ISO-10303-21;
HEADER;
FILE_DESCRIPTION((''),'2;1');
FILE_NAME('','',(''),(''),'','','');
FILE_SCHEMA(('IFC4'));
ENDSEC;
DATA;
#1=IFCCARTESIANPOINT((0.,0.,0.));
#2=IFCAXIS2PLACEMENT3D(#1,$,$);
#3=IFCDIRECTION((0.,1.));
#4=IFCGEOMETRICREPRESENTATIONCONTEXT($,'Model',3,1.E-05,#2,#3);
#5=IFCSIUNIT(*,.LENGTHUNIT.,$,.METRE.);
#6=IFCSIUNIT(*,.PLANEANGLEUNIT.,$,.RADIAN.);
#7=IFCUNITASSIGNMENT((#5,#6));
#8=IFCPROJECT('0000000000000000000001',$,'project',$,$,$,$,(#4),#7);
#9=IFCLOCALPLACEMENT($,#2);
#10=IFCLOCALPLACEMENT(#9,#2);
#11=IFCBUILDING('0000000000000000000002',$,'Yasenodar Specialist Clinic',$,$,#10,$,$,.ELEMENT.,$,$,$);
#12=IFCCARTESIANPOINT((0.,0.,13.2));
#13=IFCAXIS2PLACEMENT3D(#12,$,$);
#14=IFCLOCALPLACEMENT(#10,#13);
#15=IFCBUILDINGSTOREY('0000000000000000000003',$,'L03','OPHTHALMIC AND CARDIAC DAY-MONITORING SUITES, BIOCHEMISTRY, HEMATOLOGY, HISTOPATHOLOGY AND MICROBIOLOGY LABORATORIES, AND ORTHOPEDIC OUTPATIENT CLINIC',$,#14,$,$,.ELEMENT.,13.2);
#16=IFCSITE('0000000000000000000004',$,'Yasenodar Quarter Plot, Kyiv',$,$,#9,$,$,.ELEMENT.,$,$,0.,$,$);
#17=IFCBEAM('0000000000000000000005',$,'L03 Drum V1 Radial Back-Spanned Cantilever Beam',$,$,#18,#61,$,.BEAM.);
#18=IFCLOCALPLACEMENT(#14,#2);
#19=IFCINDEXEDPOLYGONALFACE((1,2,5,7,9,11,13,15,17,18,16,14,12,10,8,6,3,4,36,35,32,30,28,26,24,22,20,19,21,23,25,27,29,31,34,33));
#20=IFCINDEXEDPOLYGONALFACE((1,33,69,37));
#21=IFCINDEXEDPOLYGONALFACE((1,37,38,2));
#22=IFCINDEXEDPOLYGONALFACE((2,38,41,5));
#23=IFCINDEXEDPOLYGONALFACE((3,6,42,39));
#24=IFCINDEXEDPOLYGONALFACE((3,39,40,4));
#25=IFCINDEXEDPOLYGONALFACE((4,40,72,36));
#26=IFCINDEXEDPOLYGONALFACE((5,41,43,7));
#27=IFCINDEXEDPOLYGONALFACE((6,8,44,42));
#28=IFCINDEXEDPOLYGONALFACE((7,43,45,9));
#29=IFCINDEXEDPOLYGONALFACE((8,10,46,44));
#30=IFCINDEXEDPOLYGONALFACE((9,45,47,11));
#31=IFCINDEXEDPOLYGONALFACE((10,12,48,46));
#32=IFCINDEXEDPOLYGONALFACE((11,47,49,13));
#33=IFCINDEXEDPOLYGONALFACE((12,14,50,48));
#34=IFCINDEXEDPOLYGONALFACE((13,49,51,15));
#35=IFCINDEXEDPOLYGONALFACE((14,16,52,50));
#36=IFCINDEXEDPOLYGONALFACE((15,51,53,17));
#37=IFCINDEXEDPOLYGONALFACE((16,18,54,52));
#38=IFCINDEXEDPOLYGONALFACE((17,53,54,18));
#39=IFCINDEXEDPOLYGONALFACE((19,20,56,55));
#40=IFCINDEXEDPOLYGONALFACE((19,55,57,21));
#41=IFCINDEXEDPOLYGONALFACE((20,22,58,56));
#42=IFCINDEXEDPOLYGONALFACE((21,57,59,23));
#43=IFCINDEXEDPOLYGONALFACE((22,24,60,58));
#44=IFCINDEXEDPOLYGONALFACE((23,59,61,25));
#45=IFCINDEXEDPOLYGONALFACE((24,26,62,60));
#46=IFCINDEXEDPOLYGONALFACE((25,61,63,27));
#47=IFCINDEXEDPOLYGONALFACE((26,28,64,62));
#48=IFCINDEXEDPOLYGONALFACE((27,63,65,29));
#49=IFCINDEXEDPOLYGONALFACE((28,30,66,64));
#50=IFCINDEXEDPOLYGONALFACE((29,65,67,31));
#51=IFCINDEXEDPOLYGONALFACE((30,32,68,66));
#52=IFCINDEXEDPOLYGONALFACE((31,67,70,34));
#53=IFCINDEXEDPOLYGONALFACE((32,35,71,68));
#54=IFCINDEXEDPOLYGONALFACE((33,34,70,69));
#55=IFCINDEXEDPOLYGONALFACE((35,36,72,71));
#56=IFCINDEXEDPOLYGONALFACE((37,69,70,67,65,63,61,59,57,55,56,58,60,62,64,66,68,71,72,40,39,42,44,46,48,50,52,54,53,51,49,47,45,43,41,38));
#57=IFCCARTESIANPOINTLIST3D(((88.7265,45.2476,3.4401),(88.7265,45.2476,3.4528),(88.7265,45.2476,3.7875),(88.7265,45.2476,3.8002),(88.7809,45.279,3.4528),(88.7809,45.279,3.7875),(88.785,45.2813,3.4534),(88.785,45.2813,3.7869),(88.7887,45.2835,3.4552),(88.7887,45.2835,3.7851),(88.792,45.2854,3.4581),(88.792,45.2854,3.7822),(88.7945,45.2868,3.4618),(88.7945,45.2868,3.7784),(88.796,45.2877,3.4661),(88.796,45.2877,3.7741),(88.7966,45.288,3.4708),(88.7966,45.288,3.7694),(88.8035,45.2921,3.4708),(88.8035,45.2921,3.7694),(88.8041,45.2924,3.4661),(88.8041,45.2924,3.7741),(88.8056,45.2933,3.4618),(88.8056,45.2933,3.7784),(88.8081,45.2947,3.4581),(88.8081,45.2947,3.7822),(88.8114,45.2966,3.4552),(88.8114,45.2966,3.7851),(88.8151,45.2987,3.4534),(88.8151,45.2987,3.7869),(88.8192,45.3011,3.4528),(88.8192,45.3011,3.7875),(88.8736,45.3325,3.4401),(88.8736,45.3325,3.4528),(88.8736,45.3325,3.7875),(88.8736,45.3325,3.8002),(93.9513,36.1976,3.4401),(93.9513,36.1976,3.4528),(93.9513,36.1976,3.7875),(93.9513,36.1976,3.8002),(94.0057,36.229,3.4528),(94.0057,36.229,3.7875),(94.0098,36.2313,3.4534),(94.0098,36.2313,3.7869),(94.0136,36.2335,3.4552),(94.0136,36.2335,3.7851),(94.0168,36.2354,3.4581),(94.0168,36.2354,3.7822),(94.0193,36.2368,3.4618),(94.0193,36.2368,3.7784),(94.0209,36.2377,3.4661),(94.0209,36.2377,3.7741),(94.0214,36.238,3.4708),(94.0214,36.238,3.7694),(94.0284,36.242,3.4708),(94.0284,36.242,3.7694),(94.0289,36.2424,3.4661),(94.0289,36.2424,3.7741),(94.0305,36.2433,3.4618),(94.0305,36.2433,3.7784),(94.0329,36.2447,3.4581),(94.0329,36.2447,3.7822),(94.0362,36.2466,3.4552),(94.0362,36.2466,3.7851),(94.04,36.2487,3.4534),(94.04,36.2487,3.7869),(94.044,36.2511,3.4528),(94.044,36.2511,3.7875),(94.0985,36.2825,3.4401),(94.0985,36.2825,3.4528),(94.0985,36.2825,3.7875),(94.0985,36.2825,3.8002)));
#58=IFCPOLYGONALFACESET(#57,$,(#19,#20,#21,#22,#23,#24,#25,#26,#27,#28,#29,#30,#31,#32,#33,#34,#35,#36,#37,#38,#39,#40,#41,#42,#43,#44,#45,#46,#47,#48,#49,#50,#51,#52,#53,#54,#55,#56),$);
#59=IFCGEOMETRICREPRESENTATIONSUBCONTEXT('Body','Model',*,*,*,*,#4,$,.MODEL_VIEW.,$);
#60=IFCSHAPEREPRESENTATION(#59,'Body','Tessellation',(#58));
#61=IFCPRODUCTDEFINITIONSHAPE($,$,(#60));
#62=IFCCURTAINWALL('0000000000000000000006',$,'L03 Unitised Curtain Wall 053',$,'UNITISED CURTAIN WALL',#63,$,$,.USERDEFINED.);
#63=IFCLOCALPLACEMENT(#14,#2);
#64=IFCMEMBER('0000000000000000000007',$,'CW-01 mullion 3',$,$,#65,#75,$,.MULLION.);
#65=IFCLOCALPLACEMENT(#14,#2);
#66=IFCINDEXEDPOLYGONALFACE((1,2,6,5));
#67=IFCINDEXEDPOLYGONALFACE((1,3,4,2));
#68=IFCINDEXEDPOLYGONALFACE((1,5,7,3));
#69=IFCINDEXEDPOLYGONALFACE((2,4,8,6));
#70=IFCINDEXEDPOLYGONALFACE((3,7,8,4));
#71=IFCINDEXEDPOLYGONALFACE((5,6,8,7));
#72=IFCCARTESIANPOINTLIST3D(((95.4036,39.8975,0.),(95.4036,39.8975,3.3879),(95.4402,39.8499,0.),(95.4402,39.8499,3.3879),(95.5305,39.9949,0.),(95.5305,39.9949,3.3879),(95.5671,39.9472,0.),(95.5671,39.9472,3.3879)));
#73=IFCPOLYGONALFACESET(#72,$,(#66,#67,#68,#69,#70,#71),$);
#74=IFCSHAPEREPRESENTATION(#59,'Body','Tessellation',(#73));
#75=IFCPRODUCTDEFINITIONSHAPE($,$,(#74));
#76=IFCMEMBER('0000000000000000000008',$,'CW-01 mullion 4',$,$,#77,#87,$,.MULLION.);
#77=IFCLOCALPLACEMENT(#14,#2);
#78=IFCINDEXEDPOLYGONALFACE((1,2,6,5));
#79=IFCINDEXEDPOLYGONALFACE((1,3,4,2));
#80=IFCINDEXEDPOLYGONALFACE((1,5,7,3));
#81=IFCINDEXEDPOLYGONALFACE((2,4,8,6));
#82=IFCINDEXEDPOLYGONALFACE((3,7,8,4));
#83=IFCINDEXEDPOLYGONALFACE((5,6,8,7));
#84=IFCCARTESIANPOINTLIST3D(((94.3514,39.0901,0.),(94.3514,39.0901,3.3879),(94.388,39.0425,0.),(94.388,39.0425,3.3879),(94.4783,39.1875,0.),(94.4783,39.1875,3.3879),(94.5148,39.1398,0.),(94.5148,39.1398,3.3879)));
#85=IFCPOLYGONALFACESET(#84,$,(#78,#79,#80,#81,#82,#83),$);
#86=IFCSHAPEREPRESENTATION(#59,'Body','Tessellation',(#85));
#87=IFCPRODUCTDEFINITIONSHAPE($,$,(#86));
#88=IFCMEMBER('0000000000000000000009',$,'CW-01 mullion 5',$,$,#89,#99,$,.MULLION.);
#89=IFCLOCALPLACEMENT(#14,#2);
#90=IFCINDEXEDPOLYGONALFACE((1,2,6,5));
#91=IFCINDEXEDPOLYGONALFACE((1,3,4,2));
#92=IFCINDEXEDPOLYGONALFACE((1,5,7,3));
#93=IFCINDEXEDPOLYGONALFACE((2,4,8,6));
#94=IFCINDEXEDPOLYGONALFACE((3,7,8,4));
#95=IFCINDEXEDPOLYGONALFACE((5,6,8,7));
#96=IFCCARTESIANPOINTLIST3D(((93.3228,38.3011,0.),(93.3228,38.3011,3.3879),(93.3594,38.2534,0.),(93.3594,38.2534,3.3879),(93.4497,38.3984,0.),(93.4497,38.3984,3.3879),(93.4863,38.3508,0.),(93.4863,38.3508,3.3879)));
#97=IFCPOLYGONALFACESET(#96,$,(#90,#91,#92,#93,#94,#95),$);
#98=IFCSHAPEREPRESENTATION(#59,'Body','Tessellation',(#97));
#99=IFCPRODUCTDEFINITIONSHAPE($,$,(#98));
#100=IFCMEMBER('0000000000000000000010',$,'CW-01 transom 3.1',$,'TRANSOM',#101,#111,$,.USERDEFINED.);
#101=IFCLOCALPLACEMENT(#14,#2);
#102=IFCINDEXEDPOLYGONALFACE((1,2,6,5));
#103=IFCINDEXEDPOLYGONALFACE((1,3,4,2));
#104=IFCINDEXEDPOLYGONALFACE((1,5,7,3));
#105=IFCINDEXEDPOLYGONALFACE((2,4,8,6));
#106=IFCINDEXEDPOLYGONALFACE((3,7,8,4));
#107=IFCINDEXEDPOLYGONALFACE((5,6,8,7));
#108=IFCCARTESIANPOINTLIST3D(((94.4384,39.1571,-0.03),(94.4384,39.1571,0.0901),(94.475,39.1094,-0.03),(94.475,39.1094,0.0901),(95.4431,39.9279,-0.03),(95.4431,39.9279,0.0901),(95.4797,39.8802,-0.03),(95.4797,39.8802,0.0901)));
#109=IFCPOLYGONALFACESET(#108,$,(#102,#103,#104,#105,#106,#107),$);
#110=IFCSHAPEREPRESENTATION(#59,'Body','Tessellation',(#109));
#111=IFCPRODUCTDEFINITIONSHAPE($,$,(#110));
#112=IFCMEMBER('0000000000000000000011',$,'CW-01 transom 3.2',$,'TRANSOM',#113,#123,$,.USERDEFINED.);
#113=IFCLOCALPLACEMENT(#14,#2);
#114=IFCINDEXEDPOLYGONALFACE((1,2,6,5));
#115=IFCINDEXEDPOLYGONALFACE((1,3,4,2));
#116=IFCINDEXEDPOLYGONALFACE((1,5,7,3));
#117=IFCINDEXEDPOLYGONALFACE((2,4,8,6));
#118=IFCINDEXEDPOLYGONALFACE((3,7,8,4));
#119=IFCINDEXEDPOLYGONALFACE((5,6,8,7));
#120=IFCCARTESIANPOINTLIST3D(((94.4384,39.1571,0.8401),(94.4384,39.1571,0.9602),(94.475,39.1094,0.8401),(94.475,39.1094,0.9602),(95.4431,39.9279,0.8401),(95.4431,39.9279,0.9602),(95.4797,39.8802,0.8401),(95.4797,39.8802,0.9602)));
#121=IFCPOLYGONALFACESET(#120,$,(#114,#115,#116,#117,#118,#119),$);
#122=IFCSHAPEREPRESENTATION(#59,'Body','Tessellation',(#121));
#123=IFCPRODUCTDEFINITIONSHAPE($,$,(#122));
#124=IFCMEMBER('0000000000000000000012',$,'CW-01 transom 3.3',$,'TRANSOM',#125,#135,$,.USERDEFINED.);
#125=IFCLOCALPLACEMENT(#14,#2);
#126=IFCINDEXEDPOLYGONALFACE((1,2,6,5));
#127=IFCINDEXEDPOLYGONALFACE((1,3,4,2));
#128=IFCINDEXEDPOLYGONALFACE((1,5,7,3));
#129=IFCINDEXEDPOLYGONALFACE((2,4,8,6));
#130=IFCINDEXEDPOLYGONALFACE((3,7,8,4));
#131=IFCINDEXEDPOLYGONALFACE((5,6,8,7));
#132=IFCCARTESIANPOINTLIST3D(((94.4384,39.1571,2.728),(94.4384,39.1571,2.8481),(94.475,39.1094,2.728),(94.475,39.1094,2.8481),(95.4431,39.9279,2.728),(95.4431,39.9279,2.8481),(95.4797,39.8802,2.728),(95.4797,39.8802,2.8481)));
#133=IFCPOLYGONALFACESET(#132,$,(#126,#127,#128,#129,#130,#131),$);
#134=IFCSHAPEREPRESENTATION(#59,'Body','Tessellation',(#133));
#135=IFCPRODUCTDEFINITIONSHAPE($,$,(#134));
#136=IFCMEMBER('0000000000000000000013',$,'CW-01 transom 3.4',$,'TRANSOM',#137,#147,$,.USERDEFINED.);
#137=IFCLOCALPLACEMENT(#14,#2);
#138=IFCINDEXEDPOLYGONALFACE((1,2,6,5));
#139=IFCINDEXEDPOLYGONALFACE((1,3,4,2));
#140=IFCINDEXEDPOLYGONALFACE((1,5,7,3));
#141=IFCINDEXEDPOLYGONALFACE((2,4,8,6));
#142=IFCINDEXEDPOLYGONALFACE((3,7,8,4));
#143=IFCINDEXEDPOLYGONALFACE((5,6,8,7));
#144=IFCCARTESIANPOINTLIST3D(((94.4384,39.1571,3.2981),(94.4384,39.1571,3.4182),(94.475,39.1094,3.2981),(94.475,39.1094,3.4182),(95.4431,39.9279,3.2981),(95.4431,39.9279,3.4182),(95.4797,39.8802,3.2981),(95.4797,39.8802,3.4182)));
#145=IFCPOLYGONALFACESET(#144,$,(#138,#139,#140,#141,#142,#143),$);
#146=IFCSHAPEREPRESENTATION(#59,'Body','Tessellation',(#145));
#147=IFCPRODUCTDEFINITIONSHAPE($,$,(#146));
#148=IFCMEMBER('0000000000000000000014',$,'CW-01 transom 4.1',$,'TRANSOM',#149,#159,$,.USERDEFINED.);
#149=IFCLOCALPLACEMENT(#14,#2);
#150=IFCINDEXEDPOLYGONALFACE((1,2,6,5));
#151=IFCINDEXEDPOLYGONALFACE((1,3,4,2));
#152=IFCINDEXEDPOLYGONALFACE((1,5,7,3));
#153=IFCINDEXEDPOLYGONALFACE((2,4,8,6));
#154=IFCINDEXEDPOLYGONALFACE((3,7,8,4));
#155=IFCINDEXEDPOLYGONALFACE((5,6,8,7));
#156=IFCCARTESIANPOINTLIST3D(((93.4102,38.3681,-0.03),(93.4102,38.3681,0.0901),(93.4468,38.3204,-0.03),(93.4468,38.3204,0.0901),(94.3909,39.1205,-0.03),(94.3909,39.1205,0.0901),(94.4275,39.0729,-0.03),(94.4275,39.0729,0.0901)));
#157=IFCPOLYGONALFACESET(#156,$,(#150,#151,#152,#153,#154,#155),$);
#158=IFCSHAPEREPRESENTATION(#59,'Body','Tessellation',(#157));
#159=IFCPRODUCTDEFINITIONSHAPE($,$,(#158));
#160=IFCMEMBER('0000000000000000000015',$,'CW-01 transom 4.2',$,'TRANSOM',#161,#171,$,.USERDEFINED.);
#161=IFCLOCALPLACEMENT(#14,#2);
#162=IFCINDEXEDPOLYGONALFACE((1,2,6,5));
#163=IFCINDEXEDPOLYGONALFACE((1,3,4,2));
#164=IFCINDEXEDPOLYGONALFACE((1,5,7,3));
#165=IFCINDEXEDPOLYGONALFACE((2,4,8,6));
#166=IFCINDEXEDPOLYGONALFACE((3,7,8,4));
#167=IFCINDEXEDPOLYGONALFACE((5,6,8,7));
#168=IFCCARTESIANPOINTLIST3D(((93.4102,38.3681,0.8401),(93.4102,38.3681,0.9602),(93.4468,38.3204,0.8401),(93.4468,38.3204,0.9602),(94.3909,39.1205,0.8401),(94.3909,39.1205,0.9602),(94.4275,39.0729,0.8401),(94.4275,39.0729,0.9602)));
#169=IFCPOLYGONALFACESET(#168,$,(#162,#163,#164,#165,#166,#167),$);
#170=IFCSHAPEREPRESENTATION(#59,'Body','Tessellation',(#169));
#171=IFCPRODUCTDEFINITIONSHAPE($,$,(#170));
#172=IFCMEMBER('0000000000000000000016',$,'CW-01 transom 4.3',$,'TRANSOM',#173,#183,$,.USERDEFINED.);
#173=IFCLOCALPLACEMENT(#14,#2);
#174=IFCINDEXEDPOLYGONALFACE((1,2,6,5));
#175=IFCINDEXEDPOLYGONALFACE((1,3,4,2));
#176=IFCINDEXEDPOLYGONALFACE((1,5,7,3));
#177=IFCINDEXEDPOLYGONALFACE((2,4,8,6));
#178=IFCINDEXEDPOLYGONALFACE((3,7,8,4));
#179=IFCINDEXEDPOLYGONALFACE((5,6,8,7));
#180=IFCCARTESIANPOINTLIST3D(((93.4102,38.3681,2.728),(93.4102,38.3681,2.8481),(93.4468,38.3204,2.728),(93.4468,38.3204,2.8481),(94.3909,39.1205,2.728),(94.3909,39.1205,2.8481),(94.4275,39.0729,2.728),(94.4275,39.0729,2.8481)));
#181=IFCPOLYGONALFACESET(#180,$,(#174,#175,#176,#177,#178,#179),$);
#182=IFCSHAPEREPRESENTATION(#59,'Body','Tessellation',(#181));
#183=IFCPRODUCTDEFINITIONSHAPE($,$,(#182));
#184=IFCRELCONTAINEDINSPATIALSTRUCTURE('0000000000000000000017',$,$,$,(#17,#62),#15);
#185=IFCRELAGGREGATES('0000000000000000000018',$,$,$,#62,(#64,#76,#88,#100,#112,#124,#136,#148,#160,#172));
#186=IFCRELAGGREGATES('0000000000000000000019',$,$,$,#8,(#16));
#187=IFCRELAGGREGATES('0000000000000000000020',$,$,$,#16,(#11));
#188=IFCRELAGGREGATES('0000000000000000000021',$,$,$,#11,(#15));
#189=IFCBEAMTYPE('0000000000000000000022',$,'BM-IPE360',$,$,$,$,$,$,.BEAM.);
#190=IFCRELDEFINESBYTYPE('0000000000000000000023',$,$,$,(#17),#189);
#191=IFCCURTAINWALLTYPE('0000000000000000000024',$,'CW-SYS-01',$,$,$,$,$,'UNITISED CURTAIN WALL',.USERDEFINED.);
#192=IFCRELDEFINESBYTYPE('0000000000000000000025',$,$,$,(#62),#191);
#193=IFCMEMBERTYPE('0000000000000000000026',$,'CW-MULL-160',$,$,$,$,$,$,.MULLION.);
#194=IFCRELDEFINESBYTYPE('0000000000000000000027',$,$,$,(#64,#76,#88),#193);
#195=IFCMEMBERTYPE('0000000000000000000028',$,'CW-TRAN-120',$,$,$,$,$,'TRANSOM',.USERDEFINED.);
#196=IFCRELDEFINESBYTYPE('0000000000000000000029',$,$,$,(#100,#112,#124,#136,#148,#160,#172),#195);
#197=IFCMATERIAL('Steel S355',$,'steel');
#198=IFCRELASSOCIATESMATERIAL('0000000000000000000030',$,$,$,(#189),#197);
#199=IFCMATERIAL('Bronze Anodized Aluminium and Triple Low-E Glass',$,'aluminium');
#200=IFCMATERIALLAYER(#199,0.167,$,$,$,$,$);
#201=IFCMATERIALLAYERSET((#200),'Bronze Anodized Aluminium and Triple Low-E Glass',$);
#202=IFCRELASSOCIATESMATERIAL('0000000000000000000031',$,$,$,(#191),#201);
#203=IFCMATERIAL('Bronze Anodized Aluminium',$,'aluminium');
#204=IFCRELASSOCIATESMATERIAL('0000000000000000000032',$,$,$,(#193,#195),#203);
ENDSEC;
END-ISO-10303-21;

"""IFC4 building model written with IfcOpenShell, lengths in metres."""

from ifc_helpers import new_model, si_unit, direction, frame, origin, origin_2d, place, context, subcontext, project, spatial, rectangle, i_section, extrude, material, layer, layer_set, material_profile, profile_set, type_object, element, aggregate, save


model = new_model("IFC4")

# Units and contexts
model_context = context("Model", 3, precision=1e-05, world=origin(), true_north=direction((0.0, 1.0)))
body_context = subcontext(model_context, "Body", "Model", "MODEL_VIEW")
ifc_project = project(units=[si_unit("LENGTHUNIT", "METRE"), si_unit("PLANEANGLEUNIT", "RADIAN")], contexts=[model_context])

# Site, building, storey
site_placement = place(None, origin())
site = spatial("IfcSite", under=ifc_project, at=site_placement, Name="Yasenodar Quarter Plot, Kyiv", CompositionType="ELEMENT", RefElevation=0.0)
building_placement = place(site_placement, origin())
building = spatial("IfcBuilding", under=site, at=building_placement, Name="Yasenodar Specialist Clinic", CompositionType="ELEMENT")
storey_placement = place(building_placement, frame((0.0, 0.0, 13.2)))
storey = spatial("IfcBuildingStorey", under=building, at=storey_placement, Name="L03", Description="OPHTHALMIC AND CARDIAC DAY-MONITORING SUITES, BIOCHEMISTRY, HEMATOLOGY, HISTOPATHOLOGY AND MICROBIOLOGY LABORATORIES, AND ORTHOPEDIC OUTPATIENT CLINIC", CompositionType="ELEMENT", Elevation=13.2)

# Shared definitions
ifc_material_1 = material(Name="Steel S355", Category="steel")

# Beam
ifc_material_profile_1 = material_profile(ifc_material_1, i_section(OverallWidth=0.1699, OverallDepth=0.3601, WebThickness=0.0081, FlangeThickness=0.0127, FilletRadius=0.0181, at=origin_2d()), Name="IPE 360")
ifc_profile_set_1 = profile_set([ifc_material_profile_1], Name="Steel S355")
beam_type_1 = type_object("IfcBeamType", Name="BM-IPE360", PredefinedType="BEAM", material=ifc_profile_set_1)
beam_1_placement = place(storey_placement, frame((88.8, 45.29, 3.6201), z_axis=(0.499986, -0.866033, 0.0), x_axis=(0.866033, 0.499986, 0.0)))
element("IfcBeam", 1, at=beam_1_placement, inside=storey, type_object=beam_type_1, Name="L03 Drum V1 Radial Back-Spanned Cantilever Beam", PredefinedType="BEAM", context=body_context, shape_type="SweptSolid", body=[
    extrude(i_section(OverallWidth=0.1699, OverallDepth=0.3601, WebThickness=0.0081, FlangeThickness=0.0127, FilletRadius=0.0181, at=origin_2d()), origin(), (0.0, 0.0, 1.0), 10.45),
])

# Curtain wall, members
ifc_material_2 = material(Name="Bronze Anodized Aluminium and Triple Low-E Glass", Category="aluminium")
ifc_layer_1 = layer(ifc_material_2, 0.167)
ifc_layer_set_1 = layer_set([ifc_layer_1], Name="Bronze Anodized Aluminium and Triple Low-E Glass")
curtain_wall_type = type_object("IfcCurtainWallType", Name="CW-SYS-01", ElementType="UNITISED CURTAIN WALL", PredefinedType="USERDEFINED", material=ifc_layer_set_1)
curtain_wall_placement = place(storey_placement, origin())
curtain_wall = element("IfcCurtainWall", 2, at=curtain_wall_placement, inside=storey, type_object=curtain_wall_type, Name="L03 Unitised Curtain Wall 053", ObjectType="UNITISED CURTAIN WALL", PredefinedType="USERDEFINED")
ifc_material_3 = material(Name="Bronze Anodized Aluminium", Category="aluminium")
ifc_material_profile_2 = material_profile(ifc_material_3, rectangle(XDim=0.0601, YDim=0.1599, at=origin_2d()), Name="CW-MULL 60x160")
ifc_profile_set_2 = profile_set([ifc_material_profile_2], Name="Bronze Anodized Aluminium")
member_type_1 = type_object("IfcMemberType", Name="CW-MULL-160", PredefinedType="MULLION", material=ifc_profile_set_2)
member_1_placement = place(storey_placement, frame((95.4854, 39.9224, 0.0), z_axis=(0.0, 0.0, 1.0), x_axis=(0.608752, -0.793361, 0.0)))
member_1 = element("IfcMember", 3, at=member_1_placement, type_object=member_type_1, Name="CW-01 mullion 3", PredefinedType="MULLION", context=body_context, shape_type="SweptSolid", body=[
    extrude(rectangle(XDim=0.0601, YDim=0.1599, at=origin_2d()), origin(), (0.0, 0.0, 1.0), 3.3879),
])
member_2_placement = place(storey_placement, frame((94.4331, 39.115, 0.0), z_axis=(0.0, 0.0, 1.0), x_axis=(0.608752, -0.793361, 0.0)))
member_2 = element("IfcMember", 4, at=member_2_placement, type_object=member_type_1, Name="CW-01 mullion 4", PredefinedType="MULLION", context=body_context, shape_type="SweptSolid", body=[
    extrude(rectangle(XDim=0.0601, YDim=0.1599, at=origin_2d()), origin(), (0.0, 0.0, 1.0), 3.3879),
])
member_3_placement = place(storey_placement, frame((93.4045, 38.3259, 0.0), z_axis=(0.0, 0.0, 1.0), x_axis=(0.608752, -0.793361, 0.0)))
member_3 = element("IfcMember", 5, at=member_3_placement, type_object=member_type_1, Name="CW-01 mullion 5", PredefinedType="MULLION", context=body_context, shape_type="SweptSolid", body=[
    extrude(rectangle(XDim=0.0601, YDim=0.1599, at=origin_2d()), origin(), (0.0, 0.0, 1.0), 3.3879),
])
ifc_material_profile_3 = material_profile(ifc_material_3, rectangle(XDim=0.0601, YDim=0.1201, at=origin_2d()), Name="CW-TRAN 60x120")
ifc_profile_set_3 = profile_set([ifc_material_profile_3], Name="Bronze Anodized Aluminium")
member_type_2 = type_object("IfcMemberType", Name="CW-TRAN-120", ElementType="TRANSOM", PredefinedType="USERDEFINED", material=ifc_profile_set_3)
member_4_placement = place(storey_placement, frame((95.4614, 39.9041, 0.03), z_axis=(-0.793405, -0.608695, 0.0), x_axis=(0.608695, -0.793405, 0.0)))
member_4 = element("IfcMember", 6, at=member_4_placement, type_object=member_type_2, Name="CW-01 transom 3.1", ObjectType="TRANSOM", PredefinedType="USERDEFINED", context=body_context, shape_type="SweptSolid", body=[
    extrude(rectangle(XDim=0.0601, YDim=0.1201, at=origin_2d()), origin(), (0.0, 0.0, 1.0), 1.2664),
])
member_5_placement = place(storey_placement, frame((95.4614, 39.9041, 0.9001), z_axis=(-0.793405, -0.608695, 0.0), x_axis=(0.608695, -0.793405, 0.0)))
member_5 = element("IfcMember", 7, at=member_5_placement, type_object=member_type_2, Name="CW-01 transom 3.2", ObjectType="TRANSOM", PredefinedType="USERDEFINED", context=body_context, shape_type="SweptSolid", body=[
    extrude(rectangle(XDim=0.0601, YDim=0.1201, at=origin_2d()), origin(), (0.0, 0.0, 1.0), 1.2664),
])
member_6_placement = place(storey_placement, frame((95.4614, 39.9041, 2.7881), z_axis=(-0.793405, -0.608695, 0.0), x_axis=(0.608695, -0.793405, 0.0)))
member_6 = element("IfcMember", 8, at=member_6_placement, type_object=member_type_2, Name="CW-01 transom 3.3", ObjectType="TRANSOM", PredefinedType="USERDEFINED", context=body_context, shape_type="SweptSolid", body=[
    extrude(rectangle(XDim=0.0601, YDim=0.1201, at=origin_2d()), origin(), (0.0, 0.0, 1.0), 1.2664),
])
member_7_placement = place(storey_placement, frame((95.4614, 39.9041, 3.3582), z_axis=(-0.793405, -0.608695, 0.0), x_axis=(0.608695, -0.793405, 0.0)))
member_7 = element("IfcMember", 9, at=member_7_placement, type_object=member_type_2, Name="CW-01 transom 3.4", ObjectType="TRANSOM", PredefinedType="USERDEFINED", context=body_context, shape_type="SweptSolid", body=[
    extrude(rectangle(XDim=0.0601, YDim=0.1201, at=origin_2d()), origin(), (0.0, 0.0, 1.0), 1.2664),
])
member_8_placement = place(storey_placement, frame((94.4092, 39.0967, 0.03), z_axis=(-0.793387, -0.608718, 0.0), x_axis=(0.608718, -0.793387, 0.0)))
member_8 = element("IfcMember", 10, at=member_8_placement, type_object=member_type_2, Name="CW-01 transom 4.1", ObjectType="TRANSOM", PredefinedType="USERDEFINED", context=body_context, shape_type="SweptSolid", body=[
    extrude(rectangle(XDim=0.0601, YDim=0.1201, at=origin_2d()), origin(), (0.0, 0.0, 1.0), 1.2361),
])
member_9_placement = place(storey_placement, frame((94.4092, 39.0967, 0.9001), z_axis=(-0.793387, -0.608718, 0.0), x_axis=(0.608718, -0.793387, 0.0)))
member_9 = element("IfcMember", 11, at=member_9_placement, type_object=member_type_2, Name="CW-01 transom 4.2", ObjectType="TRANSOM", PredefinedType="USERDEFINED", context=body_context, shape_type="SweptSolid", body=[
    extrude(rectangle(XDim=0.0601, YDim=0.1201, at=origin_2d()), origin(), (0.0, 0.0, 1.0), 1.2361),
])
member_10_placement = place(storey_placement, frame((94.4092, 39.0967, 2.7881), z_axis=(-0.793387, -0.608718, 0.0), x_axis=(0.608718, -0.793387, 0.0)))
member_10 = element("IfcMember", 12, at=member_10_placement, type_object=member_type_2, Name="CW-01 transom 4.3", ObjectType="TRANSOM", PredefinedType="USERDEFINED", context=body_context, shape_type="SweptSolid", body=[
    extrude(rectangle(XDim=0.0601, YDim=0.1201, at=origin_2d()), origin(), (0.0, 0.0, 1.0), 1.2361),
])
aggregate(curtain_wall, [member_1, member_2, member_3, member_4, member_5, member_6, member_7, member_8, member_9, member_10])

save(model, "model.ifc")
